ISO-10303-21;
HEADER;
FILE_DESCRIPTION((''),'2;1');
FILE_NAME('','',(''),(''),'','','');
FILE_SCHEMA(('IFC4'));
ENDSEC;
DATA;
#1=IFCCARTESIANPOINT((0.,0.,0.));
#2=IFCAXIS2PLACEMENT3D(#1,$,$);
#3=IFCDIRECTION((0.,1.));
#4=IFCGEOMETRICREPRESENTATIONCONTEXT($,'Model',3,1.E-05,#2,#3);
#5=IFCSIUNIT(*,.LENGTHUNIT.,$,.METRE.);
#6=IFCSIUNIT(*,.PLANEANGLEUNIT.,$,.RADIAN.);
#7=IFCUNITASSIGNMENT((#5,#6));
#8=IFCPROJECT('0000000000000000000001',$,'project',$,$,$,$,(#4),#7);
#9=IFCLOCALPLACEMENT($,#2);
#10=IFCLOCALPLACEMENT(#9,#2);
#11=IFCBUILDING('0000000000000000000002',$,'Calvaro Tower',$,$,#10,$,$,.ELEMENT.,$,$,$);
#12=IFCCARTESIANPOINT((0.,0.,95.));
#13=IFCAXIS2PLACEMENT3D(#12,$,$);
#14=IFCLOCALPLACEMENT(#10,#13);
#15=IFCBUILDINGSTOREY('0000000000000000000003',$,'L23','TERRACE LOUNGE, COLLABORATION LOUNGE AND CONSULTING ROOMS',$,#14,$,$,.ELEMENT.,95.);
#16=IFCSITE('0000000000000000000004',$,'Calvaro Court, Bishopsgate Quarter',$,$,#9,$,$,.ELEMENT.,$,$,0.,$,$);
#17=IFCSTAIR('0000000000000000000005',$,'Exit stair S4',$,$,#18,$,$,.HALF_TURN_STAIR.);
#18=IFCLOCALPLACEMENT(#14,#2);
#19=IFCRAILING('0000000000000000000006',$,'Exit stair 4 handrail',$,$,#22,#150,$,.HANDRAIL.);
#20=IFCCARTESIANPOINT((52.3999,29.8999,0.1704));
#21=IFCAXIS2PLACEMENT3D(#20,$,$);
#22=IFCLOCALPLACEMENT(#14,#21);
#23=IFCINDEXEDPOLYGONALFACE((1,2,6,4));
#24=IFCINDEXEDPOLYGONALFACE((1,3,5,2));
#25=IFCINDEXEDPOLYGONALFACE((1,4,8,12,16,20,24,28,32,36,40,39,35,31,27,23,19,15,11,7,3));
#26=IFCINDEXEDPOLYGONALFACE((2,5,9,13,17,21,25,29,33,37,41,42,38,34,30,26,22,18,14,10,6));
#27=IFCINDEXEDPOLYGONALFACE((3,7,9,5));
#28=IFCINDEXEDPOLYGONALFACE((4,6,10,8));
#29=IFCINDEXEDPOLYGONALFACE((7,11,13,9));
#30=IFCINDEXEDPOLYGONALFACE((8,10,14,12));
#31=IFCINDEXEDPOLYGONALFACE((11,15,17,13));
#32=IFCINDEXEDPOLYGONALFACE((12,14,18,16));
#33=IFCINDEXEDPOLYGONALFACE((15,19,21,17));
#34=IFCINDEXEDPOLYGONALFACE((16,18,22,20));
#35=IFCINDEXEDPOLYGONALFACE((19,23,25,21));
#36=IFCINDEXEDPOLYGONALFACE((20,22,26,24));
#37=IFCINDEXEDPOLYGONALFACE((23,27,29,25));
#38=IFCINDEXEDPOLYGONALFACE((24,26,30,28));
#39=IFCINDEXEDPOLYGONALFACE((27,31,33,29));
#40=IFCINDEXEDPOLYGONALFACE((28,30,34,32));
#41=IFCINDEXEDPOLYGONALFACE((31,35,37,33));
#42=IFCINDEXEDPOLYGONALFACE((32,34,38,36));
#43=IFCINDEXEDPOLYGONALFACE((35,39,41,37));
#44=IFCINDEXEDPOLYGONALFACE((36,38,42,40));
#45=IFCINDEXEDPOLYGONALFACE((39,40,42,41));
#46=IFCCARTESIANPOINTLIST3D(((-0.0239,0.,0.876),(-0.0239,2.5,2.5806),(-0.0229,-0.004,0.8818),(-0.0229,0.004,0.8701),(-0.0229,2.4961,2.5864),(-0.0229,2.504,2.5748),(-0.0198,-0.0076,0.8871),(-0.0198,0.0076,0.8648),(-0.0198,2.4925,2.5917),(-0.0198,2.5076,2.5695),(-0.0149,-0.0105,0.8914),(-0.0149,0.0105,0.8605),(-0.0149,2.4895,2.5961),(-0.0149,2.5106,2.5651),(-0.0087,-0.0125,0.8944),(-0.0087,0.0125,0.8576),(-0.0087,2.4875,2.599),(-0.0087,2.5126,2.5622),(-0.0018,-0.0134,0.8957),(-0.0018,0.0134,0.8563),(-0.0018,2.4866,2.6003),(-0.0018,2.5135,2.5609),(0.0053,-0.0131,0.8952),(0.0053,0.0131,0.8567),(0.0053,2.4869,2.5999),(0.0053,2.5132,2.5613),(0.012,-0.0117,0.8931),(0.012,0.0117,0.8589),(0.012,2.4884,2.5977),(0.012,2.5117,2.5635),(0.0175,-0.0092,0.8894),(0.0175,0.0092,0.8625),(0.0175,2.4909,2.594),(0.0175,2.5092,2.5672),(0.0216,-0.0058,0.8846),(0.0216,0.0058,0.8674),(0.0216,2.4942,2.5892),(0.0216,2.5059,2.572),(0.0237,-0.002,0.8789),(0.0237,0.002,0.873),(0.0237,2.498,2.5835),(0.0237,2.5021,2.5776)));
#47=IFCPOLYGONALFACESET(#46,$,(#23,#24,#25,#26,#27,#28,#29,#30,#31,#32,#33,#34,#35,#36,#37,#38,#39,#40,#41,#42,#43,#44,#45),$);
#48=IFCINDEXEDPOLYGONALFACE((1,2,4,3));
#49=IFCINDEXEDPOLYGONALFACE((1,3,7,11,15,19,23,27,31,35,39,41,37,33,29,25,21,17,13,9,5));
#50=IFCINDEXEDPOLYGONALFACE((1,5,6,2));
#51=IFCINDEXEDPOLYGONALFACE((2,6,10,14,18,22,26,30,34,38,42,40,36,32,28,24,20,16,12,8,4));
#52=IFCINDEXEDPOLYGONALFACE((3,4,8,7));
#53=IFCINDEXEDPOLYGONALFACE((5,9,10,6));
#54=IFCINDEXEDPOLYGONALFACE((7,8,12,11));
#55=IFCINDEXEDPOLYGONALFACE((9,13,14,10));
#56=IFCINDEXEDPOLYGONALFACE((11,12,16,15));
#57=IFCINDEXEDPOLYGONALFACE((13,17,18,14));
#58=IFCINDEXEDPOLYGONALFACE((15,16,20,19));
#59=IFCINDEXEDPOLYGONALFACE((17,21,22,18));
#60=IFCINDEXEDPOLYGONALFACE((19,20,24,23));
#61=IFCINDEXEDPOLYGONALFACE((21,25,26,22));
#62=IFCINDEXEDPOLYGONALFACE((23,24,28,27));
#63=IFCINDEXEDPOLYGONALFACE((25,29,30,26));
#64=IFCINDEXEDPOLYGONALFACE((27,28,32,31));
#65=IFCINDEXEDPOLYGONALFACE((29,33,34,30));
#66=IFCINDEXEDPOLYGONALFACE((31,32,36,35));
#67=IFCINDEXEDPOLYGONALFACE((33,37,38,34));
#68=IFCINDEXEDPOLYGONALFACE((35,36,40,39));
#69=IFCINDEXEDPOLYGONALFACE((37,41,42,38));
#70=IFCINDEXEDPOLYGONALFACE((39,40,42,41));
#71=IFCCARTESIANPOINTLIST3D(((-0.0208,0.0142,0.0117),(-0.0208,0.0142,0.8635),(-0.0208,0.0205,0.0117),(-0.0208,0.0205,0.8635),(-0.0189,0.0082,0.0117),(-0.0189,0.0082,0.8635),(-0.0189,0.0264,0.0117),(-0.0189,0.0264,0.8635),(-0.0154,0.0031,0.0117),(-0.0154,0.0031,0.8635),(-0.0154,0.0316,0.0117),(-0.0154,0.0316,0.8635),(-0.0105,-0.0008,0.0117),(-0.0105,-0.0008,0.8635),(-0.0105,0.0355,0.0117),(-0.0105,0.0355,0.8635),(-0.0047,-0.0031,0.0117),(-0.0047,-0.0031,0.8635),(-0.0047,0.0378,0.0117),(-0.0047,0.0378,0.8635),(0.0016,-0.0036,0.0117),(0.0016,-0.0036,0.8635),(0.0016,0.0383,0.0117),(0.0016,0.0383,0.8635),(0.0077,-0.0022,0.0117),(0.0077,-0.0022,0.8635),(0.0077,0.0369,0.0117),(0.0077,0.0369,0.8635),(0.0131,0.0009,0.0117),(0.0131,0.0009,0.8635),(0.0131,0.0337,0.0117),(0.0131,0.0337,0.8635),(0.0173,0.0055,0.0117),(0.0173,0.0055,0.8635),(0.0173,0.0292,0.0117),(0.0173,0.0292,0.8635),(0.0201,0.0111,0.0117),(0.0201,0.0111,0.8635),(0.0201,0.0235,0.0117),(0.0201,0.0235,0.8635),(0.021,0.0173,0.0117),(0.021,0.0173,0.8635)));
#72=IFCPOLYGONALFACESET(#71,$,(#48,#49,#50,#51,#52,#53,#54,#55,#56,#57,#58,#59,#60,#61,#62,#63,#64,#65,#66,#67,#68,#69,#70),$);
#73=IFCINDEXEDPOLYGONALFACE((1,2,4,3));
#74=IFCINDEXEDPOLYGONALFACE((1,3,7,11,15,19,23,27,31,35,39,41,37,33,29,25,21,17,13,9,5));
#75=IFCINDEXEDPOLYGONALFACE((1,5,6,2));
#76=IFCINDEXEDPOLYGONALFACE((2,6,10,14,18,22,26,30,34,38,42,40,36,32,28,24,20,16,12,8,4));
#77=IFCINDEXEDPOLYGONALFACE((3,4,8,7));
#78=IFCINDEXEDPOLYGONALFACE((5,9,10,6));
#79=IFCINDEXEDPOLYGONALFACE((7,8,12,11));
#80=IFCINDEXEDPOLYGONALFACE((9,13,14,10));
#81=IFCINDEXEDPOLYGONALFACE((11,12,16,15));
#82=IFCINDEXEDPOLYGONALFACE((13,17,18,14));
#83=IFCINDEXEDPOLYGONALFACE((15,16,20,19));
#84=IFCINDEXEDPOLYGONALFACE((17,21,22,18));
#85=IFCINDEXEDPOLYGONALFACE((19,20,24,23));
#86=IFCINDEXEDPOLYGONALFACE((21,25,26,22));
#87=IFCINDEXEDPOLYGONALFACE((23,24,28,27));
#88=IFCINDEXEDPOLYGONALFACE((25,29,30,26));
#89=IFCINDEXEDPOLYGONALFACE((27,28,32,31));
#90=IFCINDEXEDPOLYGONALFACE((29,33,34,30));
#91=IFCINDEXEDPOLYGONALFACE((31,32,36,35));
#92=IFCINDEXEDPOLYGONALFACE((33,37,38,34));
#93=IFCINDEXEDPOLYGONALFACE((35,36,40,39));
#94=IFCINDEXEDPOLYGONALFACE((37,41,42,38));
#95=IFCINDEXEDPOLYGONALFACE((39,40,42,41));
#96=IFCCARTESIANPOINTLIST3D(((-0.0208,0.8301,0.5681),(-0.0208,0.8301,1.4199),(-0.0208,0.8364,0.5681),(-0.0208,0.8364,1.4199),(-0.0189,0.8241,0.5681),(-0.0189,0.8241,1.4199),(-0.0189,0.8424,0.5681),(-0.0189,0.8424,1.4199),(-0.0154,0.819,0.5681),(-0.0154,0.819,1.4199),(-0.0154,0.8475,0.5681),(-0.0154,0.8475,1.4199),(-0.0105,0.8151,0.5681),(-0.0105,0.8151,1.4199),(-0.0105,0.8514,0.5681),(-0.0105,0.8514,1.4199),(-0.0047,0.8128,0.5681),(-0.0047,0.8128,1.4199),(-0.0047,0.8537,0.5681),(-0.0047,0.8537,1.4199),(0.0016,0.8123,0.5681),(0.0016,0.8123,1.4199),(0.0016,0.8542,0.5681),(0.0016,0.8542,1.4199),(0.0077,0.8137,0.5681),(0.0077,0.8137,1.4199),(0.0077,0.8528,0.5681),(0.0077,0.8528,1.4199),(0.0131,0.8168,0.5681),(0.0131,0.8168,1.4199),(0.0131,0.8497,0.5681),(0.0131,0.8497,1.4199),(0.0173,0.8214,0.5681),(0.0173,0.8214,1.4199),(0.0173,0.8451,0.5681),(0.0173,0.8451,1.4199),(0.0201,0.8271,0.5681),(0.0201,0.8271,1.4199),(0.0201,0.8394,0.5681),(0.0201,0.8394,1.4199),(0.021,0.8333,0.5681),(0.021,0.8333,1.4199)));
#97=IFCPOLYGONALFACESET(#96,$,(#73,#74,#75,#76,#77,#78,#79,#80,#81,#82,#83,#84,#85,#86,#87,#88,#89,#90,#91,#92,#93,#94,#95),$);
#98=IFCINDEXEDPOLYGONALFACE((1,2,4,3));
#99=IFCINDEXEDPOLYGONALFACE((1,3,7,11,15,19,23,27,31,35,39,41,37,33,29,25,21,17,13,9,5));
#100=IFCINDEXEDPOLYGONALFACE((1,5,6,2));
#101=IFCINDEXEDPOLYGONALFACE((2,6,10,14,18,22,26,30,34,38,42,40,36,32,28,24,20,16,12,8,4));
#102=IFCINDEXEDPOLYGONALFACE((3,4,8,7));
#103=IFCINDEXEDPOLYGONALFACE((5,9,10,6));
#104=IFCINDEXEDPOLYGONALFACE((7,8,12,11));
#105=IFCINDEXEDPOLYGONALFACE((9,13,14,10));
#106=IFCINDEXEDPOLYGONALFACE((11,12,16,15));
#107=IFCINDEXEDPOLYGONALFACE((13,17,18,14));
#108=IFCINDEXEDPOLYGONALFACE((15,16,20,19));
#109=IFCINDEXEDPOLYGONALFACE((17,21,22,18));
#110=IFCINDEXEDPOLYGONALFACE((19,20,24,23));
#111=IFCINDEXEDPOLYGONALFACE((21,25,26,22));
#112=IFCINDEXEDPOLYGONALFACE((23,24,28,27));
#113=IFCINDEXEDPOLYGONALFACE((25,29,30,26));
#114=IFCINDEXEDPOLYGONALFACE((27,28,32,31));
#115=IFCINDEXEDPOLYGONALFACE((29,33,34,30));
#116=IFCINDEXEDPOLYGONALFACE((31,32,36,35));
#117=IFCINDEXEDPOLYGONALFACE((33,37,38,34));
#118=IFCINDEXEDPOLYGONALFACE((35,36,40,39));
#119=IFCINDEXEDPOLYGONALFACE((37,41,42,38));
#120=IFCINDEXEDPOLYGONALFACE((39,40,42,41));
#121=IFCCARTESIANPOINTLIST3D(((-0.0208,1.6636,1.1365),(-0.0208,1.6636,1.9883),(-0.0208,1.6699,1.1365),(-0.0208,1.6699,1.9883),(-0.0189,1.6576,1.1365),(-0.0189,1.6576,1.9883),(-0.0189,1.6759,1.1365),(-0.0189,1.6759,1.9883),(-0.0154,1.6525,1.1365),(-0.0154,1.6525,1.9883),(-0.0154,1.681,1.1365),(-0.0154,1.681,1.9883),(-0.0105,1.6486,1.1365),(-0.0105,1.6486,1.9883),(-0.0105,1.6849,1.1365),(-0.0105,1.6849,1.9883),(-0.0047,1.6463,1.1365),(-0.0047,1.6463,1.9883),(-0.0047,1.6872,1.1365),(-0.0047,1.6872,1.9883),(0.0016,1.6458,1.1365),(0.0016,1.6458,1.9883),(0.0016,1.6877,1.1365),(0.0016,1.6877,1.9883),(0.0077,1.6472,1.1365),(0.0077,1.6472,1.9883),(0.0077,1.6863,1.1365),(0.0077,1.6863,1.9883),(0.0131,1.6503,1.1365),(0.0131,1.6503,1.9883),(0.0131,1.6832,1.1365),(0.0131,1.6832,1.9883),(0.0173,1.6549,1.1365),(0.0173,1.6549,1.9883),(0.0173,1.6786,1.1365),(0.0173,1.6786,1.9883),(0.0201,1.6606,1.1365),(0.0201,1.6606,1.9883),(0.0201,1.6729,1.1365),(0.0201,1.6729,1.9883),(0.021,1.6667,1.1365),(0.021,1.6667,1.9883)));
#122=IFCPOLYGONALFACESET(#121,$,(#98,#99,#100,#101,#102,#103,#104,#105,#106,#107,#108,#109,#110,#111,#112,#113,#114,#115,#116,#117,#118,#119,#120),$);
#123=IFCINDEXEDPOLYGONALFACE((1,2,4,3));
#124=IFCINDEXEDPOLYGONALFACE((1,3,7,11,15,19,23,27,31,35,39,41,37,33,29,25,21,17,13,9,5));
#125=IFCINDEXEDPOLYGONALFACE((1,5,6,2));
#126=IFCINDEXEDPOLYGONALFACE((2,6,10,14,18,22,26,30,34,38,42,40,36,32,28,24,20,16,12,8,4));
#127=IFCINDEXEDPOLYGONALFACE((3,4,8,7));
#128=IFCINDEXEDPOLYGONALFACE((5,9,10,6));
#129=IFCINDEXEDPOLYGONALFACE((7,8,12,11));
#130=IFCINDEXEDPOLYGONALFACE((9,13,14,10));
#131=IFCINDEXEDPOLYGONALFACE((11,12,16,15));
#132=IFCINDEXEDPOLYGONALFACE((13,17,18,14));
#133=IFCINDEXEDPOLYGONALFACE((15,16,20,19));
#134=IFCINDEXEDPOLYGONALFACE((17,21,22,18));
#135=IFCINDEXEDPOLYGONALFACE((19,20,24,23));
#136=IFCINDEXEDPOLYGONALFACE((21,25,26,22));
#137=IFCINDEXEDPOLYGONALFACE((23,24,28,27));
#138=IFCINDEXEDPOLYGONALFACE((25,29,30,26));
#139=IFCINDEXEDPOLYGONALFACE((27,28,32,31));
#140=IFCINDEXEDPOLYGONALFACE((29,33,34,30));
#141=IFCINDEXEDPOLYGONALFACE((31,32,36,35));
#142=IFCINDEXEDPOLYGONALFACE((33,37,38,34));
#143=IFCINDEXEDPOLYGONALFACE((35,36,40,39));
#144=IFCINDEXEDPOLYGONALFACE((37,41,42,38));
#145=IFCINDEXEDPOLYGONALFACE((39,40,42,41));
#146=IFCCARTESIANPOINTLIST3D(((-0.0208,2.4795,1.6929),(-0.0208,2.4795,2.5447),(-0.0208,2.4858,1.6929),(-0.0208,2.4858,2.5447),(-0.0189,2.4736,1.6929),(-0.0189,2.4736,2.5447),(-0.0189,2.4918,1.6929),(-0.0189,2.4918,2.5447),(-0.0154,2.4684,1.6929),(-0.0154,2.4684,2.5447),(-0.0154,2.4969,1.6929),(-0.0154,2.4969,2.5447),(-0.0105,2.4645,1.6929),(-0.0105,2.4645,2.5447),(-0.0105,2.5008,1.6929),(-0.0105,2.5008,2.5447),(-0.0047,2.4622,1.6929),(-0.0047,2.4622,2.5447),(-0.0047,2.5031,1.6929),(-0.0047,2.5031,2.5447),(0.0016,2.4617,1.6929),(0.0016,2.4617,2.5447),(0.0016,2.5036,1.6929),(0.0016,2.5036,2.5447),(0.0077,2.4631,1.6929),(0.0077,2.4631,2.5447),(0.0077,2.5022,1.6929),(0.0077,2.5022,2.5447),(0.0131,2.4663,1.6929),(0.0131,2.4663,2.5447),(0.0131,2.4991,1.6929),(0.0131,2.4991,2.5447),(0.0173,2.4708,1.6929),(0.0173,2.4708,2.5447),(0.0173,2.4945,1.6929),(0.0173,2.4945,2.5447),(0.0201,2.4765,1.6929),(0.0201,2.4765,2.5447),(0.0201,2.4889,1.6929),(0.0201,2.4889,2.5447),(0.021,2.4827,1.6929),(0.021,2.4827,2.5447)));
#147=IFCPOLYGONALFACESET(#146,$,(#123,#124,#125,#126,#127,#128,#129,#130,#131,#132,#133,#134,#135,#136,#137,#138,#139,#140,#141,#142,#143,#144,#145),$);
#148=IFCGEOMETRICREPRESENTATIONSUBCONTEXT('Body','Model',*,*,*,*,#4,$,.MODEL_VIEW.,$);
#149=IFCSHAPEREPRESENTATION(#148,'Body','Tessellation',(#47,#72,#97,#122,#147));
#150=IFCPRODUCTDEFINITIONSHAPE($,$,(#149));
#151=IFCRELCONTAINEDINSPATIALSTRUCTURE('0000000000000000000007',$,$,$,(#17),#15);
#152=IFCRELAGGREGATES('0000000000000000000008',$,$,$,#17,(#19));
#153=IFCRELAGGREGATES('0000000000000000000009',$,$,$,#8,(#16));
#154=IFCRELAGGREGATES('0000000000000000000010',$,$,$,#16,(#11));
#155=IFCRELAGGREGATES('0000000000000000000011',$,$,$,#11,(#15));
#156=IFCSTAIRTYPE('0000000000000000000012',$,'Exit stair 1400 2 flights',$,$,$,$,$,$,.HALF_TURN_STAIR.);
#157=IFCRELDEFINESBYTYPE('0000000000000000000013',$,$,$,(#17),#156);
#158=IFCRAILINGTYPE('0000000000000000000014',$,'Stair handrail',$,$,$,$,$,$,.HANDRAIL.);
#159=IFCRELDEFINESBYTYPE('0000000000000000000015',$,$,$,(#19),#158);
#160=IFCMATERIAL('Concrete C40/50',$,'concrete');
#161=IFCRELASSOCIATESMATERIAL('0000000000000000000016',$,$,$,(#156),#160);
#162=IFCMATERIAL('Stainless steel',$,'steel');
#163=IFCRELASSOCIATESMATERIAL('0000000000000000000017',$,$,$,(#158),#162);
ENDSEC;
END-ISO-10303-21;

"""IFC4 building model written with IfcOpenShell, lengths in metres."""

from ifc_helpers import new_model, si_unit, direction, frame, origin, origin_2d, place, context, subcontext, project, spatial, circle, extrude, material, type_object, element, aggregate, save


model = new_model("IFC4")

# Units and contexts
model_context = context("Model", 3, precision=1e-05, world=origin(), true_north=direction((0.0, 1.0)))
body_context = subcontext(model_context, "Body", "Model", "MODEL_VIEW")
ifc_project = project(units=[si_unit("LENGTHUNIT", "METRE"), si_unit("PLANEANGLEUNIT", "RADIAN")], contexts=[model_context])

# Site, building, storey
site_placement = place(None, origin())
site = spatial("IfcSite", under=ifc_project, at=site_placement, Name="Calvaro Court, Bishopsgate Quarter", CompositionType="ELEMENT", RefElevation=0.0)
building_placement = place(site_placement, origin())
building = spatial("IfcBuilding", under=site, at=building_placement, Name="Calvaro Tower", CompositionType="ELEMENT")
storey_placement = place(building_placement, frame((0.0, 0.0, 95.0)))
storey = spatial("IfcBuildingStorey", under=building, at=storey_placement, Name="L23", Description="TERRACE LOUNGE, COLLABORATION LOUNGE AND CONSULTING ROOMS", CompositionType="ELEMENT", Elevation=95.0)

# Stair
ifc_material_1 = material(Name="Concrete C40/50", Category="concrete")
stair_type = type_object("IfcStairType", Name="Exit stair 1400 2 flights", PredefinedType="HALF_TURN_STAIR", material=ifc_material_1)
stair_1_placement = place(storey_placement, origin())
stair_1 = element("IfcStair", 1, at=stair_1_placement, inside=storey, type_object=stair_type, Name="Exit stair S4", PredefinedType="HALF_TURN_STAIR")

# Railing
ifc_material_2 = material(Name="Stainless steel", Category="steel")
railing_type = type_object("IfcRailingType", Name="Stair handrail", PredefinedType="HANDRAIL", material=ifc_material_2)
railing_1_placement = place(storey_placement, frame((52.3999, 29.8999, 0.1704)))
railing_1 = element("IfcRailing", 2, at=railing_1_placement, type_object=railing_type, Name="Exit stair 4 handrail", PredefinedType="HANDRAIL", context=body_context, shape_type="SweptSolid", body=[
    extrude(circle(Radius=0.0239, at=origin_2d()), frame((0.0, 0.0, 0.876), z_axis=(0.0, 0.826221, 0.563347), x_axis=(-1.0, 0.0, 0.0)), (0.0, 0.0, 1.0), 3.0259),
    extrude(circle(Radius=0.021, at=origin_2d()), frame((0.0, 0.0173, 0.0117)), (0.0, 0.0, 1.0), 0.8518),
    extrude(circle(Radius=0.021, at=origin_2d()), frame((0.0, 0.8333, 0.5681)), (0.0, 0.0, 1.0), 0.8518),
    extrude(circle(Radius=0.021, at=origin_2d()), frame((0.0, 1.6667, 1.1365)), (0.0, 0.0, 1.0), 0.8518),
    extrude(circle(Radius=0.021, at=origin_2d()), frame((0.0, 2.4827, 1.6929)), (0.0, 0.0, 1.0), 0.8518),
])
aggregate(stair_1, [railing_1])

save(model, "model.ifc")
